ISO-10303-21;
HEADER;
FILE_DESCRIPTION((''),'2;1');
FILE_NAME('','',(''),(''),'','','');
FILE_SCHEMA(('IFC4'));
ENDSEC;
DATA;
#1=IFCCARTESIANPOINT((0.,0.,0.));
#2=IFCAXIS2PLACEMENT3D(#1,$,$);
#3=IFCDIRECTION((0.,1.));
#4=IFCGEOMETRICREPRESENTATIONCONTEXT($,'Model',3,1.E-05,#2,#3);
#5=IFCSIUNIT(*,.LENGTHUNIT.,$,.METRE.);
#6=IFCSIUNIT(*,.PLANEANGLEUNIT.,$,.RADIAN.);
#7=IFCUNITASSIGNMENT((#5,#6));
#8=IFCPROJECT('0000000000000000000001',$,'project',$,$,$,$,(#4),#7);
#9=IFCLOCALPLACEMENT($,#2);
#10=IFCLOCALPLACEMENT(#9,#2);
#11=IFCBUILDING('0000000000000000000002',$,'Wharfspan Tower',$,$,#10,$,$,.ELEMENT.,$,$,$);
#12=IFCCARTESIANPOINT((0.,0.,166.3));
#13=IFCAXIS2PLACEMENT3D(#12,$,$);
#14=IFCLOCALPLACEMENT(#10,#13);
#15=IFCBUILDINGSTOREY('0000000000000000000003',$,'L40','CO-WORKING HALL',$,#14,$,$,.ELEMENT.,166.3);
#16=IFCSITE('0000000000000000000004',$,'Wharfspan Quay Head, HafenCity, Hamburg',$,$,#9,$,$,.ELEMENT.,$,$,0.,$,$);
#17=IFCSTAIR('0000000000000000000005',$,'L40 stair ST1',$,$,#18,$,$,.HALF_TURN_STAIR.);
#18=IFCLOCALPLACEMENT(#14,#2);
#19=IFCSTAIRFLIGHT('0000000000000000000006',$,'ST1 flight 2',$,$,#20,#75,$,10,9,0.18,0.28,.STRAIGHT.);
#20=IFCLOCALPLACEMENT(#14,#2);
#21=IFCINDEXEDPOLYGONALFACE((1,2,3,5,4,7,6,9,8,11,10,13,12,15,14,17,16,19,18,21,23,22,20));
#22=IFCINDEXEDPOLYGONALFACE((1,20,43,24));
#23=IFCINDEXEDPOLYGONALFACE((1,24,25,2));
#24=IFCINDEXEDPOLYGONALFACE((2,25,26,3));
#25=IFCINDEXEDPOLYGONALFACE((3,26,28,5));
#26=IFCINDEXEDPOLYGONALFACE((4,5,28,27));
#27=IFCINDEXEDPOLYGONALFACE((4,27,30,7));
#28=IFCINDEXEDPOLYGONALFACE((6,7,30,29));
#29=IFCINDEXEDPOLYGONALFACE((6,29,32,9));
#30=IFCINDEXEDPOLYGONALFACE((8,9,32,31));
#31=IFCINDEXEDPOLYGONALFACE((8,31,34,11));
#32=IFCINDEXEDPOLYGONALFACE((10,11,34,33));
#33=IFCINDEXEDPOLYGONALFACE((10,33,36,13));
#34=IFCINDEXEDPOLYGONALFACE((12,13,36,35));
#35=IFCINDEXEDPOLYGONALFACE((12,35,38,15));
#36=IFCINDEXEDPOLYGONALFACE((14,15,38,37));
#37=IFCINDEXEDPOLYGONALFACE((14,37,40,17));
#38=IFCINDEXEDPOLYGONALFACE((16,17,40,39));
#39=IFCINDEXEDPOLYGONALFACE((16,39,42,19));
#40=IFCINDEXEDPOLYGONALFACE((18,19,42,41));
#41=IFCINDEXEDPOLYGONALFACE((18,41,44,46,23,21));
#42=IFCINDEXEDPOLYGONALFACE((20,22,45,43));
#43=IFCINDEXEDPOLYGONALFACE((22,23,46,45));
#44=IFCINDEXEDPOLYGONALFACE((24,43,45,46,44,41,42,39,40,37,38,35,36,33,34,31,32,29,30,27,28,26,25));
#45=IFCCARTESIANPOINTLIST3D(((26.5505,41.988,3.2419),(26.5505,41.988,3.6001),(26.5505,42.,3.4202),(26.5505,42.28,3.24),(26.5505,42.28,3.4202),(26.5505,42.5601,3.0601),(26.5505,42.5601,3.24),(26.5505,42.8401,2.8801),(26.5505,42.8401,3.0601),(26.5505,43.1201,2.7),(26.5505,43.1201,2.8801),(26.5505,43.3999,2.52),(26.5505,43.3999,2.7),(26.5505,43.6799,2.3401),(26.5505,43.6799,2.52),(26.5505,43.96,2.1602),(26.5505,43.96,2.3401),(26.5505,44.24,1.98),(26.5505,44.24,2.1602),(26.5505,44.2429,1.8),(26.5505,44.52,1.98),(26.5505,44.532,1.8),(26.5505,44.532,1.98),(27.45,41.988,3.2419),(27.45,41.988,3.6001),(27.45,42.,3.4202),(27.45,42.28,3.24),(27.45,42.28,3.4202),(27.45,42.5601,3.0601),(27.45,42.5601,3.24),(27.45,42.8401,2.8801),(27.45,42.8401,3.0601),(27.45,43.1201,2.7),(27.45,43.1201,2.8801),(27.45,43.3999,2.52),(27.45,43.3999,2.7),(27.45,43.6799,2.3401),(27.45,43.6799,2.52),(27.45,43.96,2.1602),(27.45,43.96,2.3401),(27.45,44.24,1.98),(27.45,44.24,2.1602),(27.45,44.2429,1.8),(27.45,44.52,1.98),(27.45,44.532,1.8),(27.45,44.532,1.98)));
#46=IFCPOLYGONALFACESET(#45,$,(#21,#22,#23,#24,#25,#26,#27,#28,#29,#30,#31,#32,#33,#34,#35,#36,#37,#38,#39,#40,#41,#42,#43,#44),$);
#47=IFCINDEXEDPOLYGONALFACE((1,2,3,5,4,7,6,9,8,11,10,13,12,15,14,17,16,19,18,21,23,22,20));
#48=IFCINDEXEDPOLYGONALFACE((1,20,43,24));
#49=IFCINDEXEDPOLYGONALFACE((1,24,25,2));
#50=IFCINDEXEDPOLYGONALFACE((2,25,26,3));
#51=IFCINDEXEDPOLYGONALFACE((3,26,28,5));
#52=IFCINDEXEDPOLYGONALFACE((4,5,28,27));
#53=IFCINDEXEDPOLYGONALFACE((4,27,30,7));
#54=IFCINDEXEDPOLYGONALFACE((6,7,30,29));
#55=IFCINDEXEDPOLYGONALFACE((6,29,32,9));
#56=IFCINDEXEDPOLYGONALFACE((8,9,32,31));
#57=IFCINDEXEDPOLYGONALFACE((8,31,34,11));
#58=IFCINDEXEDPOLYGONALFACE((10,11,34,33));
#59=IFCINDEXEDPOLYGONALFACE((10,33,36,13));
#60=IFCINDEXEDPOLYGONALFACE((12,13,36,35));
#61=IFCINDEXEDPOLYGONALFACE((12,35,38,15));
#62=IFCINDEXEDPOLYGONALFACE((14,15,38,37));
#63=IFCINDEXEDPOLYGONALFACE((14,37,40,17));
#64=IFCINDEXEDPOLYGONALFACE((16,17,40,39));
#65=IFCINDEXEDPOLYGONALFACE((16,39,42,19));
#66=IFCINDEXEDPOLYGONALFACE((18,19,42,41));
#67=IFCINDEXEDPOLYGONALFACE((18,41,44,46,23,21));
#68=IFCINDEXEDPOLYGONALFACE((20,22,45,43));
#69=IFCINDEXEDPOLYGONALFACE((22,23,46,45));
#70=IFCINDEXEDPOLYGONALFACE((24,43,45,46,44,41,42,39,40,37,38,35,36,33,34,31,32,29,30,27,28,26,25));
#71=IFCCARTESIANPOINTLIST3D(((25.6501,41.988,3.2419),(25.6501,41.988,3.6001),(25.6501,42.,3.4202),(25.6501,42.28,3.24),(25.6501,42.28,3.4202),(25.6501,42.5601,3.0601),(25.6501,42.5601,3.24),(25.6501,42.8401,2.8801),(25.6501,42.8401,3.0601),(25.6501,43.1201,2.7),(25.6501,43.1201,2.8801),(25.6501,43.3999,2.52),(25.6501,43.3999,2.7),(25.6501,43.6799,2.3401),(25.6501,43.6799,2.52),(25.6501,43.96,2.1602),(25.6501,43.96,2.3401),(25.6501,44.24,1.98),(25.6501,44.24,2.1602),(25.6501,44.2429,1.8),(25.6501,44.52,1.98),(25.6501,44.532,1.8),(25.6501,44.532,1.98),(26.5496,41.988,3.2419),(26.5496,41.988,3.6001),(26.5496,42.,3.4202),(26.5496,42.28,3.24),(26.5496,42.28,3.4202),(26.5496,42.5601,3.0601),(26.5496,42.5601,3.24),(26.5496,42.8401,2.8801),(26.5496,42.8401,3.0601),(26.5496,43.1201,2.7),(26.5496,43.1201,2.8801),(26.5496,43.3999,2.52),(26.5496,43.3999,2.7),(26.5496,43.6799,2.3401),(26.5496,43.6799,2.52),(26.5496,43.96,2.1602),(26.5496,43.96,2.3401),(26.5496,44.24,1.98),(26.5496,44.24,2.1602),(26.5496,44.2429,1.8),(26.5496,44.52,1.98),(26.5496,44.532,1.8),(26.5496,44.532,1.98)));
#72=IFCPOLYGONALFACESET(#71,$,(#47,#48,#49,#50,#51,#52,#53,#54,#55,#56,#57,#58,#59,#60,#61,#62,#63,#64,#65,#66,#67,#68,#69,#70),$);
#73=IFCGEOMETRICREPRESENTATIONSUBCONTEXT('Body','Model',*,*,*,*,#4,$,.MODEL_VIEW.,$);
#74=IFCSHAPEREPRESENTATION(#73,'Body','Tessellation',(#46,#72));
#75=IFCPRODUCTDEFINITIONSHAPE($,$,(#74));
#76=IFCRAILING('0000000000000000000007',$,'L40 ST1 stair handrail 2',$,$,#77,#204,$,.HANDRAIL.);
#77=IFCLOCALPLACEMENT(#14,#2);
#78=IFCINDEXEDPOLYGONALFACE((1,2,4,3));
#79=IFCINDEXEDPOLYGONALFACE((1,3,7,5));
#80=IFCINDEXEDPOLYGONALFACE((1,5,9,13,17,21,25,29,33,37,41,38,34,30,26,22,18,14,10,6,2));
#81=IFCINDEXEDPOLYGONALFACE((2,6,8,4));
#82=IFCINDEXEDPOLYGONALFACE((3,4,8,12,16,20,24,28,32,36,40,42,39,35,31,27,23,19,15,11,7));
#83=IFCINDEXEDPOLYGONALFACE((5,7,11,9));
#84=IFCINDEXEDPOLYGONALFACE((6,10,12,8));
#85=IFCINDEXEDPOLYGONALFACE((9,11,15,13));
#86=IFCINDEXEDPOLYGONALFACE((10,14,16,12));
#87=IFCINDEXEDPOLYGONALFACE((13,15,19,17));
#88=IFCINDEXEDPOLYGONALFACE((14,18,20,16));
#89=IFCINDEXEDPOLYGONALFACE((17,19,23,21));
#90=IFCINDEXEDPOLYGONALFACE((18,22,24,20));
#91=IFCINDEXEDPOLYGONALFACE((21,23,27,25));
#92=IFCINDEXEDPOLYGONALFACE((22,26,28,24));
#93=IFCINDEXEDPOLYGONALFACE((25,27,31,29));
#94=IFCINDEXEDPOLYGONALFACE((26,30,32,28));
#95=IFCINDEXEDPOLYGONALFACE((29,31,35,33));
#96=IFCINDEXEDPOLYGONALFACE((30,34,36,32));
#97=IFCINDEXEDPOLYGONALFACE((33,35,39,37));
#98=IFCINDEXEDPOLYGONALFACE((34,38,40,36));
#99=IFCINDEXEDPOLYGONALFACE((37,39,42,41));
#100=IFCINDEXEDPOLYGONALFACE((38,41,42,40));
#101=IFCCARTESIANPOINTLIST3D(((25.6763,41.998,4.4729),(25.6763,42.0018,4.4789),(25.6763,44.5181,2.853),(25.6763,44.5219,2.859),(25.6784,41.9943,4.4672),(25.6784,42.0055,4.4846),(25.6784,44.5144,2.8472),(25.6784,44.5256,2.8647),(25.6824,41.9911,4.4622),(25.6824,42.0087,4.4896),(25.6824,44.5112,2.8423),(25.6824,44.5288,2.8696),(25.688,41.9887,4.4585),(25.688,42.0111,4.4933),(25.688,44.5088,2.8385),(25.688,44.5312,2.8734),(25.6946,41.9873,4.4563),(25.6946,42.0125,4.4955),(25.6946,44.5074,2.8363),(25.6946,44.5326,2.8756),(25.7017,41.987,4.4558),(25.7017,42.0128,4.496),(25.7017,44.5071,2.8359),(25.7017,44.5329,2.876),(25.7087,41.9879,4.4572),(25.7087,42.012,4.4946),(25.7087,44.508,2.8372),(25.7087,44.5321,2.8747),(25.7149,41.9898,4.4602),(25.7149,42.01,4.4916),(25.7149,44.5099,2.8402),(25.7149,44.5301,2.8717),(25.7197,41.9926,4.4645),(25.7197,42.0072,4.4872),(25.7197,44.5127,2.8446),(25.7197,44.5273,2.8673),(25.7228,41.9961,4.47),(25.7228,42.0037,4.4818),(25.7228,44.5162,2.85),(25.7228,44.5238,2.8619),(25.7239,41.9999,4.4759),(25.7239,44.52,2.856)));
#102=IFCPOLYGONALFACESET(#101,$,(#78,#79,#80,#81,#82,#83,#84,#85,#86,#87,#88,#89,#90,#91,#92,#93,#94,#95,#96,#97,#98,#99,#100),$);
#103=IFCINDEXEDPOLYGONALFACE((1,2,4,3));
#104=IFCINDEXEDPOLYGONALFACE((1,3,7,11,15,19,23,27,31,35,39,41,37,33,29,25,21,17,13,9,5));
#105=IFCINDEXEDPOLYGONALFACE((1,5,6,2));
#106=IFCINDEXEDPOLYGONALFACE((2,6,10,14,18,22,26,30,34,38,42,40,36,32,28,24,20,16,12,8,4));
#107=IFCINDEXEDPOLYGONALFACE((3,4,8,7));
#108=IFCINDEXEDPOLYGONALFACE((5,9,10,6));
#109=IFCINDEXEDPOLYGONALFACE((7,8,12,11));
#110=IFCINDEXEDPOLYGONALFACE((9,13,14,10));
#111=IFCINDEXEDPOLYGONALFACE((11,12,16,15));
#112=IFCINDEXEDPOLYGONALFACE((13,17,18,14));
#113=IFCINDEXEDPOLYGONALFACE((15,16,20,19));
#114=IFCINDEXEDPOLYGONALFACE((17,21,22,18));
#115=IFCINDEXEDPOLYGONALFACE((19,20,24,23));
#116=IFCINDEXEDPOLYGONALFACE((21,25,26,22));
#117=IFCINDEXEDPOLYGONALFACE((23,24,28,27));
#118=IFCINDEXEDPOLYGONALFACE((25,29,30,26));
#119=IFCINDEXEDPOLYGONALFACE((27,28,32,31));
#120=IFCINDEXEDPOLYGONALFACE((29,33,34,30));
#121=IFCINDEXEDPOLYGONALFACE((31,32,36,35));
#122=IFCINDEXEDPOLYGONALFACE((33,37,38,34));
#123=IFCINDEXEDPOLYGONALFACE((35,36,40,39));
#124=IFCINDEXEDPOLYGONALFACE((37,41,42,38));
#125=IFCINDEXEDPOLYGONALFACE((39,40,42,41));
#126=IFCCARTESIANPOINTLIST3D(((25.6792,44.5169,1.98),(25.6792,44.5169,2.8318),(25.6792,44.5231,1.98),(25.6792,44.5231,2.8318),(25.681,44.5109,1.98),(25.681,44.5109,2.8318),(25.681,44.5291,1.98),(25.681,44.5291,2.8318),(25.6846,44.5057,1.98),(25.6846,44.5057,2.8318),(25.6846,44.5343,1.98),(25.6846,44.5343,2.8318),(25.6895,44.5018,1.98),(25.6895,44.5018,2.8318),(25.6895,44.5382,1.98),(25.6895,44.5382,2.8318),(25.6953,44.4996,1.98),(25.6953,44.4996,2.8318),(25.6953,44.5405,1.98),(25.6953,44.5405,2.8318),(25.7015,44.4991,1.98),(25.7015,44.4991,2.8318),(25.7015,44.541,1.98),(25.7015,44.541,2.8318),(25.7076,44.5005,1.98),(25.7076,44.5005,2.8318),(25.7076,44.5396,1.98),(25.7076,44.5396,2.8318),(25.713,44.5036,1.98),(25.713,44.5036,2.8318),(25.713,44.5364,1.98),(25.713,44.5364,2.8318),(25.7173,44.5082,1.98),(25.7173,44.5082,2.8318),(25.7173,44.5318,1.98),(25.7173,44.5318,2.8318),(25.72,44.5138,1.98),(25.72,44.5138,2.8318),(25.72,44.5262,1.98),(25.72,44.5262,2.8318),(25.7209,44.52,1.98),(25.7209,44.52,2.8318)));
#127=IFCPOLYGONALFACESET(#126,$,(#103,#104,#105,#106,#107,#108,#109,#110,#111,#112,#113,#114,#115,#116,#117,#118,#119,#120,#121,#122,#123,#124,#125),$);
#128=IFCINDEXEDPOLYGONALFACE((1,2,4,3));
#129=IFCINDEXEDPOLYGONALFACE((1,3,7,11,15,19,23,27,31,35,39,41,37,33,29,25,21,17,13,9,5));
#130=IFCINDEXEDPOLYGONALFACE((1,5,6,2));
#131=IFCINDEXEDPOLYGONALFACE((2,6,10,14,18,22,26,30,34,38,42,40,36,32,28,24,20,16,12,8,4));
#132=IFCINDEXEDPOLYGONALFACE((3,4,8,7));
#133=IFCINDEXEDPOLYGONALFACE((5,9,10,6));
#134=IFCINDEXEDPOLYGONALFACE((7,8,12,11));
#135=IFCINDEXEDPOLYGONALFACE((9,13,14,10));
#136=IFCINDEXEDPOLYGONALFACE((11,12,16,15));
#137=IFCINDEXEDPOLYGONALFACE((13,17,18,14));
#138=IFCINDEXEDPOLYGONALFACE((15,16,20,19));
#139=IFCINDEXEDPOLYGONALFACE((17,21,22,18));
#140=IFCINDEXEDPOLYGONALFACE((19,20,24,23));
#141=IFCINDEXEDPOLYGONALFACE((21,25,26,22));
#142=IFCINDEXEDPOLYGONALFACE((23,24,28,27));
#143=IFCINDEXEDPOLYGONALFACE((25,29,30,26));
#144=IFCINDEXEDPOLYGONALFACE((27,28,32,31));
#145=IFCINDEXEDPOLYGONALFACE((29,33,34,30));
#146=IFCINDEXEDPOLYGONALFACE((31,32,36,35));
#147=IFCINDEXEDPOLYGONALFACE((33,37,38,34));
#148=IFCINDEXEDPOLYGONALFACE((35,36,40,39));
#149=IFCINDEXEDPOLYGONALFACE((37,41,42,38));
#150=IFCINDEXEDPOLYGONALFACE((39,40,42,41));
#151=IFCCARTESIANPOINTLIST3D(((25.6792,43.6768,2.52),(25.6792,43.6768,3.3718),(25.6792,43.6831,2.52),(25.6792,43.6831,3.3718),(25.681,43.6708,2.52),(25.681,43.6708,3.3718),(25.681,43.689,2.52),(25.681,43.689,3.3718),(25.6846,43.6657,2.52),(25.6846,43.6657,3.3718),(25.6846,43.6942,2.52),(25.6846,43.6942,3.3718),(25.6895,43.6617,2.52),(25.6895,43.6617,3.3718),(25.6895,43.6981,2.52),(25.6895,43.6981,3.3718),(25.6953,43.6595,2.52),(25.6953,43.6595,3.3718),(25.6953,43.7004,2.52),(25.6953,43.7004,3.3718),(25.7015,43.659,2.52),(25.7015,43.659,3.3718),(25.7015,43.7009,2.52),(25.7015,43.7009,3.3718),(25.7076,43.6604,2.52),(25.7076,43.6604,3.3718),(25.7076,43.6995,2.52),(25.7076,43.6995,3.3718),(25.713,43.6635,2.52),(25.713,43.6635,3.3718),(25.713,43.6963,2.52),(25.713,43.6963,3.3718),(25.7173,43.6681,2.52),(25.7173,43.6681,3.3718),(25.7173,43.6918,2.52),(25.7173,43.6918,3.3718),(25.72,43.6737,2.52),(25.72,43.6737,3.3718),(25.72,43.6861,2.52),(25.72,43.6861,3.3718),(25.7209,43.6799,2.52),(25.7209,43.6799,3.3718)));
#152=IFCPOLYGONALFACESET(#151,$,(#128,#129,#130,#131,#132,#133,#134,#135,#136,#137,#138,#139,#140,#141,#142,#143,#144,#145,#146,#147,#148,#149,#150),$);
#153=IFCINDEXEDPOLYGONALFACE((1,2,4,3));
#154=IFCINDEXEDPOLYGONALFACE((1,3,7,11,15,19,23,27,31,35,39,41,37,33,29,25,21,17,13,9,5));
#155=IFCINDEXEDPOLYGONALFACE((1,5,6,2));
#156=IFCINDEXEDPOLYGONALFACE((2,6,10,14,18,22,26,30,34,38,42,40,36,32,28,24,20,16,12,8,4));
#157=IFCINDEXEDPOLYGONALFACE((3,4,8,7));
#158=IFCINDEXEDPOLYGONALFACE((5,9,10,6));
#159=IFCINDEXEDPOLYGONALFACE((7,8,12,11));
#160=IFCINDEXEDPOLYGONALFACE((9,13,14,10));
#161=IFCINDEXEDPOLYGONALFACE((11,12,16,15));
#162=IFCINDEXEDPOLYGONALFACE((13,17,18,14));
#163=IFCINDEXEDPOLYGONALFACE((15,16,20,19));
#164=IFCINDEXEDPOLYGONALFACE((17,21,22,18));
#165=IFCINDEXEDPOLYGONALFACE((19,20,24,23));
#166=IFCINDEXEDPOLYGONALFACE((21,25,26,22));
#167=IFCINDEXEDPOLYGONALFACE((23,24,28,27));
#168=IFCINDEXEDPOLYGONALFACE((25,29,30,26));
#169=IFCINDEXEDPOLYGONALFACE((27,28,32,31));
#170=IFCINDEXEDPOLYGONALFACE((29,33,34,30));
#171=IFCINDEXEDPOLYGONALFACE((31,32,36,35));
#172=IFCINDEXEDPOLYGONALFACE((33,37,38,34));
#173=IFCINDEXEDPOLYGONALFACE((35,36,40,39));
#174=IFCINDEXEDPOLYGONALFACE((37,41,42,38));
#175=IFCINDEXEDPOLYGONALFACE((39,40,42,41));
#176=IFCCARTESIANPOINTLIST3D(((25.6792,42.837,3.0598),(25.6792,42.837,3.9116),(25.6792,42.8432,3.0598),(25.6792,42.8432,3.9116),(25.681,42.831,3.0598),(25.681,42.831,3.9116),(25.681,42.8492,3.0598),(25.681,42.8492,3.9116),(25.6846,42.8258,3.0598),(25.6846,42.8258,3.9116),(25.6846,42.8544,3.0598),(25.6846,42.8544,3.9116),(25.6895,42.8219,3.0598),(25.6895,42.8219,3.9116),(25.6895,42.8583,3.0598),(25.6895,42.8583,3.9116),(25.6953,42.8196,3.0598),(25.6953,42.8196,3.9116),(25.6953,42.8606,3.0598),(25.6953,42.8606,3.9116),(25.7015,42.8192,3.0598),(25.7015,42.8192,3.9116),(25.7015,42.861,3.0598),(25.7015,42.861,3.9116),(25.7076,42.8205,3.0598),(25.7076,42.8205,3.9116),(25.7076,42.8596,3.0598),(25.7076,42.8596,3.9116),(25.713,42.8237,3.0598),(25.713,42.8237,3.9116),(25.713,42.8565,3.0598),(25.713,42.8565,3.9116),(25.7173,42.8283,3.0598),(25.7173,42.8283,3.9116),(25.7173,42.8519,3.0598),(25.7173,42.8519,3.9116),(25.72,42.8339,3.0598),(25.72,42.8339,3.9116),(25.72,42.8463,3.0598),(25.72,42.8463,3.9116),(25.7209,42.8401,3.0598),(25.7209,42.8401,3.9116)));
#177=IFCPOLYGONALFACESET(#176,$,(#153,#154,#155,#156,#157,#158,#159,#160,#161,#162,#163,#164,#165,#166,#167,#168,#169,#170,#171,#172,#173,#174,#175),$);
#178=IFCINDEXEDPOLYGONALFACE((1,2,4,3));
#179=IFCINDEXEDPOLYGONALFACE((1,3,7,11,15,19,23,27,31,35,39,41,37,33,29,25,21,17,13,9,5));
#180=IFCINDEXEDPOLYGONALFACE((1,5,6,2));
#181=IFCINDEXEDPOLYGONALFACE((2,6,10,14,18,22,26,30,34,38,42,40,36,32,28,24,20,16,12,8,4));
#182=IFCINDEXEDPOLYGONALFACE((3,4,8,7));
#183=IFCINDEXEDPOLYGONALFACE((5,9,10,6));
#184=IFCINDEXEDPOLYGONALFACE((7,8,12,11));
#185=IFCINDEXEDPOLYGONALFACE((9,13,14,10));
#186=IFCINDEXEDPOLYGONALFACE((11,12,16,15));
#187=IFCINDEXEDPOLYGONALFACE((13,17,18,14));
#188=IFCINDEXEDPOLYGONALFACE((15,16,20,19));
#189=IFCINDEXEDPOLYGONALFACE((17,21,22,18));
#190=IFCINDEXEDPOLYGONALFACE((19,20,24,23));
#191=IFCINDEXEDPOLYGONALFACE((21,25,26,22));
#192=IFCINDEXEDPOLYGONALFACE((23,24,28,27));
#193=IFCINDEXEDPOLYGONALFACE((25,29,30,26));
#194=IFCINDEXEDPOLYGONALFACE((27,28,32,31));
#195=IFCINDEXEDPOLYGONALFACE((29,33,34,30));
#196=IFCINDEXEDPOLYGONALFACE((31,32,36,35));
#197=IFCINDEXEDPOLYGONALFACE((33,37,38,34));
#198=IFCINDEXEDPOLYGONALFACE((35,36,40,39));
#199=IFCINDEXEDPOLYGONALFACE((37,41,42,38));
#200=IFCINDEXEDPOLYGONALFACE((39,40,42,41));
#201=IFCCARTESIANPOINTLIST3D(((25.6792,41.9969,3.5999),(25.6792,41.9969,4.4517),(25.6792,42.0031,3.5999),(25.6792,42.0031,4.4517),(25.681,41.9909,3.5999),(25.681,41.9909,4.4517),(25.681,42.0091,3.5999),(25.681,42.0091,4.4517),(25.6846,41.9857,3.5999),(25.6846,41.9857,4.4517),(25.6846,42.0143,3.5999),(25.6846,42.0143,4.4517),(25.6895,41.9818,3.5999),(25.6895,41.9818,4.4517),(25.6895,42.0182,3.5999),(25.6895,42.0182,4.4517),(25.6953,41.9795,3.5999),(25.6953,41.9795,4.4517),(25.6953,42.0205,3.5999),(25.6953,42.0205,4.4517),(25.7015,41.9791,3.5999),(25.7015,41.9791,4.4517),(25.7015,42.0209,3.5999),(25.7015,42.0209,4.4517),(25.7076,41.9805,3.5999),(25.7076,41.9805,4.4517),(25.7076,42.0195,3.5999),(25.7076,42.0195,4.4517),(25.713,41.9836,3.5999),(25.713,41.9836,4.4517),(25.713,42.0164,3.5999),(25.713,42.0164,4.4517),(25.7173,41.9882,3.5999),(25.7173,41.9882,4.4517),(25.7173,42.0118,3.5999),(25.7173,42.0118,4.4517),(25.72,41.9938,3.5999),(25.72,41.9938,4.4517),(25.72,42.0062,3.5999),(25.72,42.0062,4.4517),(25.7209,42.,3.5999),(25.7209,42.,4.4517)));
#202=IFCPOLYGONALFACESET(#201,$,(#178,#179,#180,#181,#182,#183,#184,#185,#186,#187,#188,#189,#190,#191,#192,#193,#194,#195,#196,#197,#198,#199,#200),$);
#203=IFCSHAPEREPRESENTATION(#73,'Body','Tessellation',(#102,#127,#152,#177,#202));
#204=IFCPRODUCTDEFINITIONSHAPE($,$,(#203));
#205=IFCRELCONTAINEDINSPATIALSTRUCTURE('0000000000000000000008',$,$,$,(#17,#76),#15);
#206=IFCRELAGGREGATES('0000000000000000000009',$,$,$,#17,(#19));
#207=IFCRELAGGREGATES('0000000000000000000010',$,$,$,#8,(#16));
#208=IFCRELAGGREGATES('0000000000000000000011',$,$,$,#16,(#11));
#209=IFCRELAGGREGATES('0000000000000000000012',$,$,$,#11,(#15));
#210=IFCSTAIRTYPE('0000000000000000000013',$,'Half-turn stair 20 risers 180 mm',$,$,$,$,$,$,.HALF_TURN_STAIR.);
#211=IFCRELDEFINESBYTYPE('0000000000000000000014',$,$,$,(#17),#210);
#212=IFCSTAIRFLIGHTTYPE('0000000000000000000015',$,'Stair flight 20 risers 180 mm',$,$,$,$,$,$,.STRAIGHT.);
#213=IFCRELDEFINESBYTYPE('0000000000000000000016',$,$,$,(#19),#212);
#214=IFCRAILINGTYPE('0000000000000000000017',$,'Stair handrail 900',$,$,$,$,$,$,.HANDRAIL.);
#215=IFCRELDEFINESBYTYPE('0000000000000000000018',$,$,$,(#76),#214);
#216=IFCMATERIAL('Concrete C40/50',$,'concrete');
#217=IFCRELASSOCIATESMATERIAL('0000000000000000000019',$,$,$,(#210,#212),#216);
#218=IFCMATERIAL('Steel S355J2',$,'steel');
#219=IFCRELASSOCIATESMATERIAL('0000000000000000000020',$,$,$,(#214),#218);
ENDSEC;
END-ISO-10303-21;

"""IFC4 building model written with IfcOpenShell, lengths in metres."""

from ifc_helpers import new_model, si_unit, direction, frame, origin, origin_2d, place, context, subcontext, project, spatial, polyline, circle, outline, extrude, material, type_object, element, aggregate, save


model = new_model("IFC4")

# Units and contexts
model_context = context("Model", 3, precision=1e-05, world=origin(), true_north=direction((0.0, 1.0)))
body_context = subcontext(model_context, "Body", "Model", "MODEL_VIEW")
ifc_project = project(units=[si_unit("LENGTHUNIT", "METRE"), si_unit("PLANEANGLEUNIT", "RADIAN")], contexts=[model_context])

# Site, building, storey
site_placement = place(None, origin())
site = spatial("IfcSite", under=ifc_project, at=site_placement, Name="Wharfspan Quay Head, HafenCity, Hamburg", CompositionType="ELEMENT", RefElevation=0.0)
building_placement = place(site_placement, origin())
building = spatial("IfcBuilding", under=site, at=building_placement, Name="Wharfspan Tower", CompositionType="ELEMENT")
storey_placement = place(building_placement, frame((0.0, 0.0, 166.3)))
storey = spatial("IfcBuildingStorey", under=building, at=storey_placement, Name="L40", Description="CO-WORKING HALL", CompositionType="ELEMENT", Elevation=166.3)

# Shared definitions
ifc_material_1 = material(Name="Steel S355J2", Category="steel")

# Shared definitions
ifc_material_2 = material(Name="Concrete C40/50", Category="concrete")

# Stair, stair flight
stair_type = type_object("IfcStairType", Name="Half-turn stair 20 risers 180 mm", PredefinedType="HALF_TURN_STAIR", material=ifc_material_2)
stair_placement = place(storey_placement, origin())
stair = element("IfcStair", 1, at=stair_placement, inside=storey, type_object=stair_type, Name="L40 stair ST1", PredefinedType="HALF_TURN_STAIR")
stair_flight_type = type_object("IfcStairFlightType", Name="Stair flight 20 risers 180 mm", PredefinedType="STRAIGHT", material=ifc_material_2)
stair_flight_placement = place(storey_placement, frame((26.55, 44.52, 1.8), z_axis=(0.0, 0.0, 1.0), x_axis=(0.0, -1.0, 0.0)))
stair_flight = element("IfcStairFlight", 2, at=stair_flight_placement, type_object=stair_flight_type, Name="ST1 flight 2", NumberOfRisers=10, NumberOfTreads=9, PredefinedType="STRAIGHT", RiserHeight=0.18, TreadLength=0.28, context=body_context, shape_type="SweptSolid", body=[
    extrude(outline(polyline([(-0.012, 0.0), (-0.012, 0.1799), (0.0, 0.1799), (0.28, 0.1799), (0.28, 0.3601), (0.5601, 0.3601), (0.5601, 0.54), (0.8401, 0.54), (0.8401, 0.72), (1.1201, 0.72), (1.1201, 0.8999), (1.3999, 0.8999), (1.3999, 1.0801), (1.6799, 1.0801), (1.6799, 1.26), (1.96, 1.26), (1.96, 1.4399), (2.24, 1.4399), (2.24, 1.6201), (2.52, 1.6201), (2.532, 1.8), (2.532, 1.4419), (0.2771, 0.0), (-0.012, 0.0)])), frame((0.0, 0.8999, 0.0), z_axis=(0.0, -1.0, 0.0), x_axis=(1.0, 0.0, 0.0)), (0.0, 0.0, 1.0), 0.8994),
    extrude(outline(polyline([(-0.012, 0.0), (-0.012, 0.1799), (0.0, 0.1799), (0.28, 0.1799), (0.28, 0.3601), (0.5601, 0.3601), (0.5601, 0.54), (0.8401, 0.54), (0.8401, 0.72), (1.1201, 0.72), (1.1201, 0.8999), (1.3999, 0.8999), (1.3999, 1.0801), (1.6799, 1.0801), (1.6799, 1.26), (1.96, 1.26), (1.96, 1.4399), (2.24, 1.4399), (2.24, 1.6201), (2.52, 1.6201), (2.532, 1.8), (2.532, 1.4419), (0.2771, 0.0), (-0.012, 0.0)])), frame((0.0, -0.0005, 0.0), z_axis=(0.0, -1.0, 0.0), x_axis=(1.0, 0.0, 0.0)), (0.0, 0.0, 1.0), 0.8994),
])
aggregate(stair, [stair_flight])

# Railing
railing_type = type_object("IfcRailingType", Name="Stair handrail 900", PredefinedType="HANDRAIL", material=ifc_material_1)
railing_placement = place(storey_placement, frame((25.7, 44.52, 1.98)))
element("IfcRailing", 3, at=railing_placement, inside=storey, type_object=railing_type, Name="L40 ST1 stair handrail 2", PredefinedType="HANDRAIL", context=body_context, shape_type="SweptSolid", body=[
    extrude(circle(Radius=0.0239, at=origin_2d()), frame((0.0, 0.0, 0.876), z_axis=(0.0, -0.8412, 0.540725), x_axis=(1.0, 0.0, 0.0)), (0.0, 0.0, 1.0), 2.9958),
    extrude(circle(Radius=0.021, at=origin_2d()), origin(), (0.0, 0.0, 1.0), 0.8518),
    extrude(circle(Radius=0.021, at=origin_2d()), frame((0.0, -0.8401, 0.54)), (0.0, 0.0, 1.0), 0.8518),
    extrude(circle(Radius=0.021, at=origin_2d()), frame((0.0, -1.6799, 1.0798)), (0.0, 0.0, 1.0), 0.8518),
    extrude(circle(Radius=0.021, at=origin_2d()), frame((0.0, -2.52, 1.6199)), (0.0, 0.0, 1.0), 0.8518),
])

save(model, "model.ifc")
